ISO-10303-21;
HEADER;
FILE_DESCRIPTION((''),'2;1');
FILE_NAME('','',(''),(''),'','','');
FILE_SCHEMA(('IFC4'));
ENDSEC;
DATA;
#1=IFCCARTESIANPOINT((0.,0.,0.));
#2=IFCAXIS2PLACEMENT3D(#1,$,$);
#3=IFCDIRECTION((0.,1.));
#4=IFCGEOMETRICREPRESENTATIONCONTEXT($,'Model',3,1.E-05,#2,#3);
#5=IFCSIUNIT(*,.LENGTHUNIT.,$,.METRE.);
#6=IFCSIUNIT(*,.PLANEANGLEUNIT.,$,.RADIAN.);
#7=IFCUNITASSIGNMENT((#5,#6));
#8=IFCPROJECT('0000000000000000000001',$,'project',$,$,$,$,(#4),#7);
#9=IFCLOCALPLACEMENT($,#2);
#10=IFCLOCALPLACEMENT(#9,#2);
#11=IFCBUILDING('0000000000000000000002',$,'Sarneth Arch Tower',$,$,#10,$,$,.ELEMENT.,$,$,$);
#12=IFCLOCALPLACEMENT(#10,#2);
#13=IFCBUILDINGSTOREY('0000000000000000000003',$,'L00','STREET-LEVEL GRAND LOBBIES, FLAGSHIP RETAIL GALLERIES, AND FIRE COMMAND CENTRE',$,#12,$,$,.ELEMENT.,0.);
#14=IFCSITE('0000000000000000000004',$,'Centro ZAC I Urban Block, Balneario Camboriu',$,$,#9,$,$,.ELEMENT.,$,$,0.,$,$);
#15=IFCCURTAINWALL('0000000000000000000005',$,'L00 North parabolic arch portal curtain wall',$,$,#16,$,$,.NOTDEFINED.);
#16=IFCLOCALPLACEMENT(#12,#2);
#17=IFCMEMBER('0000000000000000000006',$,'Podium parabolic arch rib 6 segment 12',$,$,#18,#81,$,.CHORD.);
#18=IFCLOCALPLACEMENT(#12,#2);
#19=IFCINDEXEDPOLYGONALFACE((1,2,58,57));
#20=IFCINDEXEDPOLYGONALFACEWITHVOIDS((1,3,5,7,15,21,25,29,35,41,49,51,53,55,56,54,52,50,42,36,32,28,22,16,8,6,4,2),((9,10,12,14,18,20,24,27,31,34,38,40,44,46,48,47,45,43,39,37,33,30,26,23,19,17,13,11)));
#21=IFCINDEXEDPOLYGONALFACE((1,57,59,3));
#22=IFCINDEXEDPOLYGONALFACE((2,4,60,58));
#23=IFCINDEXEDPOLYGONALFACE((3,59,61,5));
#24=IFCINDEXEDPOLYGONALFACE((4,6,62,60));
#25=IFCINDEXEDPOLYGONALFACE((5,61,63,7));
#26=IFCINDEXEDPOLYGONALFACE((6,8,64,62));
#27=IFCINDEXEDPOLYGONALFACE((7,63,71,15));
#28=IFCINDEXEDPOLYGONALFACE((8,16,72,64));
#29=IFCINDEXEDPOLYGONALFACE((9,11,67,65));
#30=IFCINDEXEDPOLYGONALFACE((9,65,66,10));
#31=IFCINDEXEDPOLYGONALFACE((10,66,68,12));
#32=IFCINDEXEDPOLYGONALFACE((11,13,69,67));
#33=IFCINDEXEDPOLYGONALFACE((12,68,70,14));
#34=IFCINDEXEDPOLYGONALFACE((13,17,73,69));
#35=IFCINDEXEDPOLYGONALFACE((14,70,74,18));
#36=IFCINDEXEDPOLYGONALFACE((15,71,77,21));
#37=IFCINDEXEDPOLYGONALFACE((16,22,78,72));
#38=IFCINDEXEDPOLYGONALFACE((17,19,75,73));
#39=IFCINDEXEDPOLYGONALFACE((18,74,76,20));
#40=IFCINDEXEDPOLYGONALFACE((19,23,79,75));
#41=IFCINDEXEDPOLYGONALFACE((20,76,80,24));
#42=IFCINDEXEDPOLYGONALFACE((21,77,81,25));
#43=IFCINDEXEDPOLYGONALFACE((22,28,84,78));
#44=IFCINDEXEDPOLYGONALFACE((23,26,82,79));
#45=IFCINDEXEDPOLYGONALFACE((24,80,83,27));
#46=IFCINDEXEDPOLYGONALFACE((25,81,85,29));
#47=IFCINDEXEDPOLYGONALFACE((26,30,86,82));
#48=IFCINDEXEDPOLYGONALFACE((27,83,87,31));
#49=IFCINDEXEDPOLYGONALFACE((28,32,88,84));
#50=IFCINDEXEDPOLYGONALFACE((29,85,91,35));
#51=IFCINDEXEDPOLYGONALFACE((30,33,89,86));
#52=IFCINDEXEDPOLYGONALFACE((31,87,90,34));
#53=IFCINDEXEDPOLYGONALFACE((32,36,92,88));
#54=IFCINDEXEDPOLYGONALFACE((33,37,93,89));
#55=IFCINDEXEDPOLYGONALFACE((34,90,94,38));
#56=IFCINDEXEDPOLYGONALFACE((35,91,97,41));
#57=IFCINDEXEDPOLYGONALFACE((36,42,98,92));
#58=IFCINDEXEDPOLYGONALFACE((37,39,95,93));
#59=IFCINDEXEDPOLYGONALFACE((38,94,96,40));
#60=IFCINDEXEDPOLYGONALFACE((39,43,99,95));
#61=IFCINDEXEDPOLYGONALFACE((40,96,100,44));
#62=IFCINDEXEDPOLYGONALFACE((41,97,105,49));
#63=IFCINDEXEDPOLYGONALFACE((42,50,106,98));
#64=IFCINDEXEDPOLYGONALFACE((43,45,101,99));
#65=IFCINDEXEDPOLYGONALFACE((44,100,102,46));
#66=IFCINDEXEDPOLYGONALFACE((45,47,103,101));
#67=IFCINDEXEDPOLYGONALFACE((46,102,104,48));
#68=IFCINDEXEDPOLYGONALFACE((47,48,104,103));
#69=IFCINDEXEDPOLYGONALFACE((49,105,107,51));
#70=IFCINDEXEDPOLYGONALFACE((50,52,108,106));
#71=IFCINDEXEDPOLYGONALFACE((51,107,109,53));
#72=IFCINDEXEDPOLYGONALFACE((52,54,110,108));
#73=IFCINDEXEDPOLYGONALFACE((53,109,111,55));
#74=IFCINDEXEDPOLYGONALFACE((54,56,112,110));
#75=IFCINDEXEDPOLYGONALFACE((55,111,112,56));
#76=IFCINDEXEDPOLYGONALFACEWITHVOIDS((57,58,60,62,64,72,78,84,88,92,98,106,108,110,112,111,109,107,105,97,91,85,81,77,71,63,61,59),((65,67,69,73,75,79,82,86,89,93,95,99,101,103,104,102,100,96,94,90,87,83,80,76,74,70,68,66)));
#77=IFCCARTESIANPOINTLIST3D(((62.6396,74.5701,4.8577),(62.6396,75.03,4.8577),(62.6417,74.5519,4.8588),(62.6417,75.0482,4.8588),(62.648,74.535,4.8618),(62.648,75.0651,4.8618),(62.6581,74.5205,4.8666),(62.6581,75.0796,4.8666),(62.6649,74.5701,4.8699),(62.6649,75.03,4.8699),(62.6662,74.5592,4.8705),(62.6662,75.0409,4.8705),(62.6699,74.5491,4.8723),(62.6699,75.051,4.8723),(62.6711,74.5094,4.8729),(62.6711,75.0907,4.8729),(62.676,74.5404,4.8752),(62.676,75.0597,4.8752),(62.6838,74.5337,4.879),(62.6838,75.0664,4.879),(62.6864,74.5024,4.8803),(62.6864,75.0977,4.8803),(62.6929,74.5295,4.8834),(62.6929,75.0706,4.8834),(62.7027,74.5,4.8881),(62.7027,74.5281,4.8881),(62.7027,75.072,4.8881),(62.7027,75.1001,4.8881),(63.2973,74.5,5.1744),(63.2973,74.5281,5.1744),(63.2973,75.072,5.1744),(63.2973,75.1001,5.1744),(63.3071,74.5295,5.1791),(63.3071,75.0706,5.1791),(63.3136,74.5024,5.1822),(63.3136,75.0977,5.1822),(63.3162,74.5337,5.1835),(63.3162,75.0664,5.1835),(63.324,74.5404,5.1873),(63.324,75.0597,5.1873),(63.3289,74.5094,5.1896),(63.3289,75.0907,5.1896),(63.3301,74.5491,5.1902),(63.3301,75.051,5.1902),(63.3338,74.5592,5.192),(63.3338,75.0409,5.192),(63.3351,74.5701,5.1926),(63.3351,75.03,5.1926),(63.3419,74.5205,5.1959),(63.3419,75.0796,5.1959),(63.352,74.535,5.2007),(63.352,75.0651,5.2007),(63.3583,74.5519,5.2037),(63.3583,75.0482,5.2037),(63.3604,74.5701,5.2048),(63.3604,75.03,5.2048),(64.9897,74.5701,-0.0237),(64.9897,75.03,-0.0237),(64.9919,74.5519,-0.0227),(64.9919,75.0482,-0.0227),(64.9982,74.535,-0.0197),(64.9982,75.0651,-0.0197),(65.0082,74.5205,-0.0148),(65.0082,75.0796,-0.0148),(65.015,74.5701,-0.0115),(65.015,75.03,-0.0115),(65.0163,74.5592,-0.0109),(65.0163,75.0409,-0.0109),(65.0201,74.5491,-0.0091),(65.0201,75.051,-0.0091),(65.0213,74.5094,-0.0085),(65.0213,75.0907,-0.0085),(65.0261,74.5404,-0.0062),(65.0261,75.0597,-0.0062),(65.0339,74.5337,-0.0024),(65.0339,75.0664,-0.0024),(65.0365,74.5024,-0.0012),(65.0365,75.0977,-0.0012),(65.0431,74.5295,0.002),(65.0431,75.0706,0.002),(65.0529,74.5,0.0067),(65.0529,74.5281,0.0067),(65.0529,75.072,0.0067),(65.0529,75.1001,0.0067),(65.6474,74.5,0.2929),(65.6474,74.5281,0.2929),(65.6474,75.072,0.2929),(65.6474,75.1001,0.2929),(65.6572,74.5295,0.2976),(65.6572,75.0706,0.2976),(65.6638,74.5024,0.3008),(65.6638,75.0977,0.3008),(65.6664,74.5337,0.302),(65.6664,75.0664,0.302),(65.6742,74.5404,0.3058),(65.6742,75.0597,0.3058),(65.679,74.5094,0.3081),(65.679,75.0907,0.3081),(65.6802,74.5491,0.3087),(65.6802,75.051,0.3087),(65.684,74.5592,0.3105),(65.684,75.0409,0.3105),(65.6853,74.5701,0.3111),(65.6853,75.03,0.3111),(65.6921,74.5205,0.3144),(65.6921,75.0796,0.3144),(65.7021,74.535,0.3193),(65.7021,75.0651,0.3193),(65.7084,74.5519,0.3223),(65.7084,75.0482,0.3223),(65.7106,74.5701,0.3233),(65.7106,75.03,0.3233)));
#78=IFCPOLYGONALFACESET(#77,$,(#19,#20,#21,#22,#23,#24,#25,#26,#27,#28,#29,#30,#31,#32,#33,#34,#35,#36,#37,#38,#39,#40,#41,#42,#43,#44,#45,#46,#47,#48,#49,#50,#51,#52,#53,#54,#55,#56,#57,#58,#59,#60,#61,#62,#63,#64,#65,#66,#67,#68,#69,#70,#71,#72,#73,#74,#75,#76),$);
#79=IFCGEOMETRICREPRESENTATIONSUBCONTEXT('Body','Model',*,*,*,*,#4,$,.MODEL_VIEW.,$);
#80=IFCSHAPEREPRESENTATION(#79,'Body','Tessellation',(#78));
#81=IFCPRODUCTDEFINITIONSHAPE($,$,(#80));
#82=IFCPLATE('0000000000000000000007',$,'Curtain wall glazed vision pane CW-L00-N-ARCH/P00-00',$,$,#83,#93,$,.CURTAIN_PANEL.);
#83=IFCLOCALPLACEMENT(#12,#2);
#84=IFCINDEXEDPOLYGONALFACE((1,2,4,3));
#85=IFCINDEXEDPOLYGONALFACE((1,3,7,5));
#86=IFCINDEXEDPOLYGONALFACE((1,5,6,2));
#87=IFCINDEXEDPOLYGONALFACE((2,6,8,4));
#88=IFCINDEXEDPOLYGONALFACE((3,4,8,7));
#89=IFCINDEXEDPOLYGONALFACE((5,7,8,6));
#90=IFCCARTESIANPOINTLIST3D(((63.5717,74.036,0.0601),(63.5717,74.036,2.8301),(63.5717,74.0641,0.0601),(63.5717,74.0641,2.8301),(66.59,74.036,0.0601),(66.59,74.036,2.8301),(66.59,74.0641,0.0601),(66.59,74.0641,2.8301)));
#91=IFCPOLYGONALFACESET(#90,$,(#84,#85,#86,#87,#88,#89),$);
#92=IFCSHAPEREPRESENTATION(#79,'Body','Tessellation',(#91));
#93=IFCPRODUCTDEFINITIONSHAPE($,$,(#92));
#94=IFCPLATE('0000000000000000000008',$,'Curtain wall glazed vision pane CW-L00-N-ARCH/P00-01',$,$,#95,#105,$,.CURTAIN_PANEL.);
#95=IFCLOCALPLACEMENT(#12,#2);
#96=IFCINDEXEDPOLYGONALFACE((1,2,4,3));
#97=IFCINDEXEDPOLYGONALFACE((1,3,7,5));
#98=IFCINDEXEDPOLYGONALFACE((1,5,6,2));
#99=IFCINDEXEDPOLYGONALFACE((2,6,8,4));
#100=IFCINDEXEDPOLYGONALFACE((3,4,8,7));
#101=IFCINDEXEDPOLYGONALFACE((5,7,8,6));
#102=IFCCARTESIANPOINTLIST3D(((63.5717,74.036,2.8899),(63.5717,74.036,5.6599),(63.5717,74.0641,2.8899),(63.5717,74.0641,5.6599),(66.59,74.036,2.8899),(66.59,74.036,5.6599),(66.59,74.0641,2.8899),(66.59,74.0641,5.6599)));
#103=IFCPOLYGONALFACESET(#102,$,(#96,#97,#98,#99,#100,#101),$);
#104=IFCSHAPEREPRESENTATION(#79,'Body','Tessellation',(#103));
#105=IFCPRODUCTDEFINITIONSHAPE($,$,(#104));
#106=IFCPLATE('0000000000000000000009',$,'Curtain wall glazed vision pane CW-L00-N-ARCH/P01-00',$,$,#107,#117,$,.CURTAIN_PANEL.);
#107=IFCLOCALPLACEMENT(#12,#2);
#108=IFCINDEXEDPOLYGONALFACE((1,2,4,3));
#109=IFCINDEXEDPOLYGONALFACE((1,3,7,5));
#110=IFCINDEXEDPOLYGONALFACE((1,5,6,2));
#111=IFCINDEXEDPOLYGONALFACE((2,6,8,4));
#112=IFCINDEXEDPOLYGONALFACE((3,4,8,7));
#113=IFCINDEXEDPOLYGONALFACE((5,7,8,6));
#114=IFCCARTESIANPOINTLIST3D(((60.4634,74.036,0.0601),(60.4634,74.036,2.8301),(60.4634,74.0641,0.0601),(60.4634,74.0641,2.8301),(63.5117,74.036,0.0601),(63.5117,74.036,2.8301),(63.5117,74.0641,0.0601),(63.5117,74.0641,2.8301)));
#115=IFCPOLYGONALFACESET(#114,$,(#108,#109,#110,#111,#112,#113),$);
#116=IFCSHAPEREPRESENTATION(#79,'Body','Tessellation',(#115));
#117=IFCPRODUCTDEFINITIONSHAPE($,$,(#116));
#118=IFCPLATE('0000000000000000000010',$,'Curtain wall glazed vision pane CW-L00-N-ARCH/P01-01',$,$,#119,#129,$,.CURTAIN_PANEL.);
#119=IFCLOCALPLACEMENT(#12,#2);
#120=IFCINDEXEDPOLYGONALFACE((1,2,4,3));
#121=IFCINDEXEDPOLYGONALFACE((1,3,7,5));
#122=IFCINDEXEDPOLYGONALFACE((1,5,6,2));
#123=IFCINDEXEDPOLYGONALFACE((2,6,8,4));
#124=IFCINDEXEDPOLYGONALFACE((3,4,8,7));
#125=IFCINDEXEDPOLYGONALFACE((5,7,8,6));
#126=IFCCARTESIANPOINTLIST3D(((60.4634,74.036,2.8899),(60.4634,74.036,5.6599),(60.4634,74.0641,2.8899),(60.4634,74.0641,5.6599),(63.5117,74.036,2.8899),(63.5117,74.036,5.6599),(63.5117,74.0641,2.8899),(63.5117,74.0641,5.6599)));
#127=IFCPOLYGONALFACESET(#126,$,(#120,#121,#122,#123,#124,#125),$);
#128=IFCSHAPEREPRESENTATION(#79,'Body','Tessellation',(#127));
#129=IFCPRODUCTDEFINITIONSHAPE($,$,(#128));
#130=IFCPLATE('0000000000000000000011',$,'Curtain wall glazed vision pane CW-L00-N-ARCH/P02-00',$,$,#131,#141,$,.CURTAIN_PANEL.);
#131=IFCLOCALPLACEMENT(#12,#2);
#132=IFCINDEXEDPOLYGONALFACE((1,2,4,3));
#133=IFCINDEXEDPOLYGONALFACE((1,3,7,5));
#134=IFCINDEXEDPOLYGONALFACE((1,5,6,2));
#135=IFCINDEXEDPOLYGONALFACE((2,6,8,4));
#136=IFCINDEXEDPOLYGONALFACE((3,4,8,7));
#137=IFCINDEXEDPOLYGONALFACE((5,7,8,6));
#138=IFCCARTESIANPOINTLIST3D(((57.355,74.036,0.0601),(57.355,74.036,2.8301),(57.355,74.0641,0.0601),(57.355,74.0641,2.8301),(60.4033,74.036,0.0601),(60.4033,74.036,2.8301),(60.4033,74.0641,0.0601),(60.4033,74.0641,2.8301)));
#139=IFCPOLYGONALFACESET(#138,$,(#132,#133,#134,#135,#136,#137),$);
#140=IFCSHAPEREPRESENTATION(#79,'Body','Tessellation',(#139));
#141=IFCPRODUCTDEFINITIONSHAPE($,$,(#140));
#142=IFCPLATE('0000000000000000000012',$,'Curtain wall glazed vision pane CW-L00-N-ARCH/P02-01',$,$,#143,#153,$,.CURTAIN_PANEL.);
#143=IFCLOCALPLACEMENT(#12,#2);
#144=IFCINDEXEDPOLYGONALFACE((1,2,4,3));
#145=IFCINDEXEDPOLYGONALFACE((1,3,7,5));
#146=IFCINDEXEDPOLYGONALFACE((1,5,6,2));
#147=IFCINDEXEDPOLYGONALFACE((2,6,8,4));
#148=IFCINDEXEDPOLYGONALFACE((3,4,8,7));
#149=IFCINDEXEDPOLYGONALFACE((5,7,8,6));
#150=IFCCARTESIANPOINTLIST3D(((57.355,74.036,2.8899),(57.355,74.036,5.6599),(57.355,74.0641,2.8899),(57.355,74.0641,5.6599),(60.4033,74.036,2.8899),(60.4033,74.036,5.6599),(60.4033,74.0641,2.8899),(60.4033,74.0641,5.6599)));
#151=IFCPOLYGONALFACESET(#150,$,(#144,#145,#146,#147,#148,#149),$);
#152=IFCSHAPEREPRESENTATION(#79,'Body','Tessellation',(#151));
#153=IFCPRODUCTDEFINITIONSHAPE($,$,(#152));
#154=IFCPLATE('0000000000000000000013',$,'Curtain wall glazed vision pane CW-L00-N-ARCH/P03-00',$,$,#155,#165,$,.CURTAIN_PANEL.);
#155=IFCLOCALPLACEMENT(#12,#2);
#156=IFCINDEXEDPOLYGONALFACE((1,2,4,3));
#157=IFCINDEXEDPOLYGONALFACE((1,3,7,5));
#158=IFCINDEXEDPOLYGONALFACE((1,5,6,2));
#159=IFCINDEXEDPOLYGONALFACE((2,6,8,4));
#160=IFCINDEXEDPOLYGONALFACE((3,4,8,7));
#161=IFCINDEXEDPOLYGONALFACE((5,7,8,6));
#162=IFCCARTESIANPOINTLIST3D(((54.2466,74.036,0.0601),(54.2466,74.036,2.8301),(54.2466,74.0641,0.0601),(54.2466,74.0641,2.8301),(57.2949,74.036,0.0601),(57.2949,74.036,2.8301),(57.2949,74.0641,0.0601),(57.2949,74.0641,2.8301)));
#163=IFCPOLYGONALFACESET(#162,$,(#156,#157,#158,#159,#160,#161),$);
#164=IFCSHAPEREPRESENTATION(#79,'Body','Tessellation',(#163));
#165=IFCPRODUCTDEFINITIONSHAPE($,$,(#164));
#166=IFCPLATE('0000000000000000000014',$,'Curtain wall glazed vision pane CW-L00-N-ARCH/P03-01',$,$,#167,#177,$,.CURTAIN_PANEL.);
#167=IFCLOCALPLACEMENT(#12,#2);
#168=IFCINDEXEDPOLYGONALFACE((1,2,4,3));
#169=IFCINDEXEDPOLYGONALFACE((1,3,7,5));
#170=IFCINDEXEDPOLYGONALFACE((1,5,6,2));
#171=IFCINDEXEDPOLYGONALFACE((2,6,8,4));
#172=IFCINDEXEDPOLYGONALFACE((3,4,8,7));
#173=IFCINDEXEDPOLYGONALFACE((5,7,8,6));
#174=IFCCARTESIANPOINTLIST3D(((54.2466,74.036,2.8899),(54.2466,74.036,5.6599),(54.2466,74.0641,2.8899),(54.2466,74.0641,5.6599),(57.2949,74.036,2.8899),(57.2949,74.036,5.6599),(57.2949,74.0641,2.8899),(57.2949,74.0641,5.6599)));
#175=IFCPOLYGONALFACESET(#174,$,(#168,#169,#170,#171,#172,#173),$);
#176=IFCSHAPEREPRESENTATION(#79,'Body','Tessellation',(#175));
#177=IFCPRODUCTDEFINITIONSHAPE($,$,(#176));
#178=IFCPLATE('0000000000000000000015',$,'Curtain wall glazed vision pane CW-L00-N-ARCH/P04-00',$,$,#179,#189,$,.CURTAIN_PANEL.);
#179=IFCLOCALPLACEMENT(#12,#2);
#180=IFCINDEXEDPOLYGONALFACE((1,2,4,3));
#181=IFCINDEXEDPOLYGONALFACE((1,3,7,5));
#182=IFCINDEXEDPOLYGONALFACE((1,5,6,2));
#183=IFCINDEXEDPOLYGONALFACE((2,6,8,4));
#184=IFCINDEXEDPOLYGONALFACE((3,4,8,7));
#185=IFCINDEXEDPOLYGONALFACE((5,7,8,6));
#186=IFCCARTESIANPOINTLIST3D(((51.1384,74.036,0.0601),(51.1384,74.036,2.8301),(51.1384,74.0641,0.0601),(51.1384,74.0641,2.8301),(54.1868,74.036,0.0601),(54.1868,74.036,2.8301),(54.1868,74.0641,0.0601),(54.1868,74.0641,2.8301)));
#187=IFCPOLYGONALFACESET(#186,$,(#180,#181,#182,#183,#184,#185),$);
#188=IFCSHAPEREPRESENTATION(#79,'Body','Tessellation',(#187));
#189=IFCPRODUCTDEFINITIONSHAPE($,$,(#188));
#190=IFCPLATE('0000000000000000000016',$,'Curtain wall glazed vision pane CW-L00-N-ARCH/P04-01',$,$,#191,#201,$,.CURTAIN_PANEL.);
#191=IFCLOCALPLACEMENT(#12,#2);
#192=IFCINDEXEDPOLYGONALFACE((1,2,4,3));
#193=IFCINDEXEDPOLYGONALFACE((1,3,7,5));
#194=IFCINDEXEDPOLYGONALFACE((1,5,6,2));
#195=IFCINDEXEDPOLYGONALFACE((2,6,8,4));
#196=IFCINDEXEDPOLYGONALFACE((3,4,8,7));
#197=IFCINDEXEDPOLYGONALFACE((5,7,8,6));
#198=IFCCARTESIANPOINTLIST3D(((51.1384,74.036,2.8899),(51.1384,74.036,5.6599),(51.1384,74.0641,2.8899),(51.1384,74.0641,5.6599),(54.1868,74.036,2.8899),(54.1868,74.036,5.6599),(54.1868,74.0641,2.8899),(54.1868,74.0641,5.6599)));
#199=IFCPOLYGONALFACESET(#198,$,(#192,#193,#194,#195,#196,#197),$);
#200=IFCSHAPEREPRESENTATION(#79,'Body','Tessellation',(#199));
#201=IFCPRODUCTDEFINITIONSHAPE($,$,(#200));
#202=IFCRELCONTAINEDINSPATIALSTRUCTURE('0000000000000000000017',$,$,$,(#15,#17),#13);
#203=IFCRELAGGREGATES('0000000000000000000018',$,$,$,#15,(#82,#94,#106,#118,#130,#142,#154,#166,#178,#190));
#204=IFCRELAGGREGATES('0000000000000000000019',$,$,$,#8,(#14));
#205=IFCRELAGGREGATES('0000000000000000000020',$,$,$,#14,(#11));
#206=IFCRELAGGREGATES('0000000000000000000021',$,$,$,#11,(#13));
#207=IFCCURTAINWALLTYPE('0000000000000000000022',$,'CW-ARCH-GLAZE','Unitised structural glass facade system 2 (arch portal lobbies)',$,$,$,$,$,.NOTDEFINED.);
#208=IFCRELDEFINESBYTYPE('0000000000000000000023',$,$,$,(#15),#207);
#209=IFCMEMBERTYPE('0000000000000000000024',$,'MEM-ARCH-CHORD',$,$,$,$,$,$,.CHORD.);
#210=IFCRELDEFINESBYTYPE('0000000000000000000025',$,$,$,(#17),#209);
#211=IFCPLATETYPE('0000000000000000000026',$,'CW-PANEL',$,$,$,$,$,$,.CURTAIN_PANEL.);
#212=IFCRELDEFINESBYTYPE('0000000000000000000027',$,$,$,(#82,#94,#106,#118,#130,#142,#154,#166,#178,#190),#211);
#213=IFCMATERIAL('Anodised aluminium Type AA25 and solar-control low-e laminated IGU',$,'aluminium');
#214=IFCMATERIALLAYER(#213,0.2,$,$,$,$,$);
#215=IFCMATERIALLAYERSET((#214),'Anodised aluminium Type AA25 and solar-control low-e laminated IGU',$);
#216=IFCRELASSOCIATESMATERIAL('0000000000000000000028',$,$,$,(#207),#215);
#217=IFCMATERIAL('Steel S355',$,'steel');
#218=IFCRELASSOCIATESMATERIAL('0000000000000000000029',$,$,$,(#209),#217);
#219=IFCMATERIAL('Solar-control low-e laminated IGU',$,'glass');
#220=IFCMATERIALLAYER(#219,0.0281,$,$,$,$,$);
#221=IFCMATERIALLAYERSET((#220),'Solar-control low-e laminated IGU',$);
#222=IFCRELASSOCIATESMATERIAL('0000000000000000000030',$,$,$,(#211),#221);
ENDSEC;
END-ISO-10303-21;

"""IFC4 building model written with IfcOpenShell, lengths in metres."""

from ifc_helpers import new_model, si_unit, direction, frame, origin, origin_2d, place, context, subcontext, project, spatial, rectangle, hollow_rectangle, extrude, material, layer, layer_set, material_profile, profile_set, type_object, element, aggregate, save


model = new_model("IFC4")

# Units and contexts
model_context = context("Model", 3, precision=1e-05, world=origin(), true_north=direction((0.0, 1.0)))
body_context = subcontext(model_context, "Body", "Model", "MODEL_VIEW")
ifc_project = project(units=[si_unit("LENGTHUNIT", "METRE"), si_unit("PLANEANGLEUNIT", "RADIAN")], contexts=[model_context])

# Site, building, storey
site_placement = place(None, origin())
site = spatial("IfcSite", under=ifc_project, at=site_placement, Name="Centro ZAC I Urban Block, Balneario Camboriu", CompositionType="ELEMENT", RefElevation=0.0)
building_placement = place(site_placement, origin())
building = spatial("IfcBuilding", under=site, at=building_placement, Name="Sarneth Arch Tower", CompositionType="ELEMENT")
storey_placement = place(building_placement, origin())
storey = spatial("IfcBuildingStorey", under=building, at=storey_placement, Name="L00", Description="STREET-LEVEL GRAND LOBBIES, FLAGSHIP RETAIL GALLERIES, AND FIRE COMMAND CENTRE", CompositionType="ELEMENT", Elevation=0.0)

# Curtain wall
ifc_material_1 = material(Name="Anodised aluminium Type AA25 and solar-control low-e laminated IGU", Category="aluminium")
ifc_layer_1 = layer(ifc_material_1, 0.2)
ifc_layer_set_1 = layer_set([ifc_layer_1], Name="Anodised aluminium Type AA25 and solar-control low-e laminated IGU")
curtain_wall_type = type_object("IfcCurtainWallType", Name="CW-ARCH-GLAZE", Description="Unitised structural glass facade system 2 (arch portal lobbies)", PredefinedType="NOTDEFINED", material=ifc_layer_set_1)
curtain_wall_placement = place(storey_placement, origin())
curtain_wall = element("IfcCurtainWall", 1, at=curtain_wall_placement, inside=storey, type_object=curtain_wall_type, Name="L00 North parabolic arch portal curtain wall", PredefinedType="NOTDEFINED")

# Member
ifc_material_2 = material(Name="Steel S355", Category="steel")
ifc_material_profile_1 = material_profile(ifc_material_2, hollow_rectangle(XDim=0.6001, YDim=0.8, WallThickness=0.0281, InnerFilletRadius=0.042, OuterFilletRadius=0.0701, at=origin_2d()), Name="RHS800x600x28")
ifc_profile_set_1 = profile_set([ifc_material_profile_1], Name="Steel S355")
member_type_1 = type_object("IfcMemberType", Name="MEM-ARCH-CHORD", PredefinedType="CHORD", material=ifc_profile_set_1)
member_1_placement = place(storey_placement, frame((63.0, 74.8, 5.0312), z_axis=(0.433789, 0.0, -0.901015), x_axis=(0.0, 1.0, 0.0)))
element("IfcMember", 2, at=member_1_placement, inside=storey, type_object=member_type_1, Name="Podium parabolic arch rib 6 segment 12", PredefinedType="CHORD", context=body_context, shape_type="SweptSolid", body=[
    extrude(hollow_rectangle(XDim=0.6001, YDim=0.8, WallThickness=0.0281, InnerFilletRadius=0.042, OuterFilletRadius=0.0701, at=origin_2d()), origin(), (0.0, 0.0, 1.0), 5.4177),
])

# Plates
ifc_material_3 = material(Name="Solar-control low-e laminated IGU", Category="glass")
ifc_layer_2 = layer(ifc_material_3, 0.0281)
ifc_layer_set_2 = layer_set([ifc_layer_2], Name="Solar-control low-e laminated IGU")
plate_type_1 = type_object("IfcPlateType", Name="CW-PANEL", PredefinedType="CURTAIN_PANEL", material=ifc_layer_set_2)
plate_1_placement = place(storey_placement, frame((65.0808, 74.05, 0.0601), z_axis=(0.0, 0.0, 1.0), x_axis=(-1.0, 0.0, 0.0)))
plate_1 = element("IfcPlate", 3, at=plate_1_placement, type_object=plate_type_1, Name="Curtain wall glazed vision pane CW-L00-N-ARCH/P00-00", PredefinedType="CURTAIN_PANEL", context=body_context, shape_type="SweptSolid", body=[
    extrude(rectangle(XDim=3.0183, YDim=0.0281, at=origin_2d()), origin(), (0.0, 0.0, 1.0), 2.77),
])
plate_2_placement = place(storey_placement, frame((65.0808, 74.05, 2.8899), z_axis=(0.0, 0.0, 1.0), x_axis=(-1.0, 0.0, 0.0)))
plate_2 = element("IfcPlate", 4, at=plate_2_placement, type_object=plate_type_1, Name="Curtain wall glazed vision pane CW-L00-N-ARCH/P00-01", PredefinedType="CURTAIN_PANEL", context=body_context, shape_type="SweptSolid", body=[
    extrude(rectangle(XDim=3.0183, YDim=0.0281, at=origin_2d()), origin(), (0.0, 0.0, 1.0), 2.77),
])
plate_3_placement = place(storey_placement, frame((61.9875, 74.05, 0.0601), z_axis=(0.0, 0.0, 1.0), x_axis=(-1.0, 0.0, 0.0)))
plate_3 = element("IfcPlate", 5, at=plate_3_placement, type_object=plate_type_1, Name="Curtain wall glazed vision pane CW-L00-N-ARCH/P01-00", PredefinedType="CURTAIN_PANEL", context=body_context, shape_type="SweptSolid", body=[
    extrude(rectangle(XDim=3.0483, YDim=0.0281, at=origin_2d()), origin(), (0.0, 0.0, 1.0), 2.77),
])
plate_4_placement = place(storey_placement, frame((61.9875, 74.05, 2.8899), z_axis=(0.0, 0.0, 1.0), x_axis=(-1.0, 0.0, 0.0)))
plate_4 = element("IfcPlate", 6, at=plate_4_placement, type_object=plate_type_1, Name="Curtain wall glazed vision pane CW-L00-N-ARCH/P01-01", PredefinedType="CURTAIN_PANEL", context=body_context, shape_type="SweptSolid", body=[
    extrude(rectangle(XDim=3.0483, YDim=0.0281, at=origin_2d()), origin(), (0.0, 0.0, 1.0), 2.77),
])
plate_5_placement = place(storey_placement, frame((58.8792, 74.05, 0.0601), z_axis=(0.0, 0.0, 1.0), x_axis=(-1.0, 0.0, 0.0)))
plate_5 = element("IfcPlate", 7, at=plate_5_placement, type_object=plate_type_1, Name="Curtain wall glazed vision pane CW-L00-N-ARCH/P02-00", PredefinedType="CURTAIN_PANEL", context=body_context, shape_type="SweptSolid", body=[
    extrude(rectangle(XDim=3.0483, YDim=0.0281, at=origin_2d()), origin(), (0.0, 0.0, 1.0), 2.77),
])
plate_6_placement = place(storey_placement, frame((58.8792, 74.05, 2.8899), z_axis=(0.0, 0.0, 1.0), x_axis=(-1.0, 0.0, 0.0)))
plate_6 = element("IfcPlate", 8, at=plate_6_placement, type_object=plate_type_1, Name="Curtain wall glazed vision pane CW-L00-N-ARCH/P02-01", PredefinedType="CURTAIN_PANEL", context=body_context, shape_type="SweptSolid", body=[
    extrude(rectangle(XDim=3.0483, YDim=0.0281, at=origin_2d()), origin(), (0.0, 0.0, 1.0), 2.77),
])
plate_7_placement = place(storey_placement, frame((55.7708, 74.05, 0.0601), z_axis=(0.0, 0.0, 1.0), x_axis=(-1.0, 0.0, 0.0)))
plate_7 = element("IfcPlate", 9, at=plate_7_placement, type_object=plate_type_1, Name="Curtain wall glazed vision pane CW-L00-N-ARCH/P03-00", PredefinedType="CURTAIN_PANEL", context=body_context, shape_type="SweptSolid", body=[
    extrude(rectangle(XDim=3.0483, YDim=0.0281, at=origin_2d()), origin(), (0.0, 0.0, 1.0), 2.77),
])
plate_8_placement = place(storey_placement, frame((55.7708, 74.05, 2.8899), z_axis=(0.0, 0.0, 1.0), x_axis=(-1.0, 0.0, 0.0)))
plate_8 = element("IfcPlate", 10, at=plate_8_placement, type_object=plate_type_1, Name="Curtain wall glazed vision pane CW-L00-N-ARCH/P03-01", PredefinedType="CURTAIN_PANEL", context=body_context, shape_type="SweptSolid", body=[
    extrude(rectangle(XDim=3.0483, YDim=0.0281, at=origin_2d()), origin(), (0.0, 0.0, 1.0), 2.77),
])
plate_9_placement = place(storey_placement, frame((52.6626, 74.05, 0.0601), z_axis=(0.0, 0.0, 1.0), x_axis=(-1.0, 0.0, 0.0)))
plate_9 = element("IfcPlate", 11, at=plate_9_placement, type_object=plate_type_1, Name="Curtain wall glazed vision pane CW-L00-N-ARCH/P04-00", PredefinedType="CURTAIN_PANEL", context=body_context, shape_type="SweptSolid", body=[
    extrude(rectangle(XDim=3.0483, YDim=0.0281, at=origin_2d()), origin(), (0.0, 0.0, 1.0), 2.77),
])
plate_10_placement = place(storey_placement, frame((52.6626, 74.05, 2.8899), z_axis=(0.0, 0.0, 1.0), x_axis=(-1.0, 0.0, 0.0)))
plate_10 = element("IfcPlate", 12, at=plate_10_placement, type_object=plate_type_1, Name="Curtain wall glazed vision pane CW-L00-N-ARCH/P04-01", PredefinedType="CURTAIN_PANEL", context=body_context, shape_type="SweptSolid", body=[
    extrude(rectangle(XDim=3.0483, YDim=0.0281, at=origin_2d()), origin(), (0.0, 0.0, 1.0), 2.77),
])
aggregate(curtain_wall, [plate_1, plate_2, plate_3, plate_4, plate_5, plate_6, plate_7, plate_8, plate_9, plate_10])

save(model, "model.ifc")
